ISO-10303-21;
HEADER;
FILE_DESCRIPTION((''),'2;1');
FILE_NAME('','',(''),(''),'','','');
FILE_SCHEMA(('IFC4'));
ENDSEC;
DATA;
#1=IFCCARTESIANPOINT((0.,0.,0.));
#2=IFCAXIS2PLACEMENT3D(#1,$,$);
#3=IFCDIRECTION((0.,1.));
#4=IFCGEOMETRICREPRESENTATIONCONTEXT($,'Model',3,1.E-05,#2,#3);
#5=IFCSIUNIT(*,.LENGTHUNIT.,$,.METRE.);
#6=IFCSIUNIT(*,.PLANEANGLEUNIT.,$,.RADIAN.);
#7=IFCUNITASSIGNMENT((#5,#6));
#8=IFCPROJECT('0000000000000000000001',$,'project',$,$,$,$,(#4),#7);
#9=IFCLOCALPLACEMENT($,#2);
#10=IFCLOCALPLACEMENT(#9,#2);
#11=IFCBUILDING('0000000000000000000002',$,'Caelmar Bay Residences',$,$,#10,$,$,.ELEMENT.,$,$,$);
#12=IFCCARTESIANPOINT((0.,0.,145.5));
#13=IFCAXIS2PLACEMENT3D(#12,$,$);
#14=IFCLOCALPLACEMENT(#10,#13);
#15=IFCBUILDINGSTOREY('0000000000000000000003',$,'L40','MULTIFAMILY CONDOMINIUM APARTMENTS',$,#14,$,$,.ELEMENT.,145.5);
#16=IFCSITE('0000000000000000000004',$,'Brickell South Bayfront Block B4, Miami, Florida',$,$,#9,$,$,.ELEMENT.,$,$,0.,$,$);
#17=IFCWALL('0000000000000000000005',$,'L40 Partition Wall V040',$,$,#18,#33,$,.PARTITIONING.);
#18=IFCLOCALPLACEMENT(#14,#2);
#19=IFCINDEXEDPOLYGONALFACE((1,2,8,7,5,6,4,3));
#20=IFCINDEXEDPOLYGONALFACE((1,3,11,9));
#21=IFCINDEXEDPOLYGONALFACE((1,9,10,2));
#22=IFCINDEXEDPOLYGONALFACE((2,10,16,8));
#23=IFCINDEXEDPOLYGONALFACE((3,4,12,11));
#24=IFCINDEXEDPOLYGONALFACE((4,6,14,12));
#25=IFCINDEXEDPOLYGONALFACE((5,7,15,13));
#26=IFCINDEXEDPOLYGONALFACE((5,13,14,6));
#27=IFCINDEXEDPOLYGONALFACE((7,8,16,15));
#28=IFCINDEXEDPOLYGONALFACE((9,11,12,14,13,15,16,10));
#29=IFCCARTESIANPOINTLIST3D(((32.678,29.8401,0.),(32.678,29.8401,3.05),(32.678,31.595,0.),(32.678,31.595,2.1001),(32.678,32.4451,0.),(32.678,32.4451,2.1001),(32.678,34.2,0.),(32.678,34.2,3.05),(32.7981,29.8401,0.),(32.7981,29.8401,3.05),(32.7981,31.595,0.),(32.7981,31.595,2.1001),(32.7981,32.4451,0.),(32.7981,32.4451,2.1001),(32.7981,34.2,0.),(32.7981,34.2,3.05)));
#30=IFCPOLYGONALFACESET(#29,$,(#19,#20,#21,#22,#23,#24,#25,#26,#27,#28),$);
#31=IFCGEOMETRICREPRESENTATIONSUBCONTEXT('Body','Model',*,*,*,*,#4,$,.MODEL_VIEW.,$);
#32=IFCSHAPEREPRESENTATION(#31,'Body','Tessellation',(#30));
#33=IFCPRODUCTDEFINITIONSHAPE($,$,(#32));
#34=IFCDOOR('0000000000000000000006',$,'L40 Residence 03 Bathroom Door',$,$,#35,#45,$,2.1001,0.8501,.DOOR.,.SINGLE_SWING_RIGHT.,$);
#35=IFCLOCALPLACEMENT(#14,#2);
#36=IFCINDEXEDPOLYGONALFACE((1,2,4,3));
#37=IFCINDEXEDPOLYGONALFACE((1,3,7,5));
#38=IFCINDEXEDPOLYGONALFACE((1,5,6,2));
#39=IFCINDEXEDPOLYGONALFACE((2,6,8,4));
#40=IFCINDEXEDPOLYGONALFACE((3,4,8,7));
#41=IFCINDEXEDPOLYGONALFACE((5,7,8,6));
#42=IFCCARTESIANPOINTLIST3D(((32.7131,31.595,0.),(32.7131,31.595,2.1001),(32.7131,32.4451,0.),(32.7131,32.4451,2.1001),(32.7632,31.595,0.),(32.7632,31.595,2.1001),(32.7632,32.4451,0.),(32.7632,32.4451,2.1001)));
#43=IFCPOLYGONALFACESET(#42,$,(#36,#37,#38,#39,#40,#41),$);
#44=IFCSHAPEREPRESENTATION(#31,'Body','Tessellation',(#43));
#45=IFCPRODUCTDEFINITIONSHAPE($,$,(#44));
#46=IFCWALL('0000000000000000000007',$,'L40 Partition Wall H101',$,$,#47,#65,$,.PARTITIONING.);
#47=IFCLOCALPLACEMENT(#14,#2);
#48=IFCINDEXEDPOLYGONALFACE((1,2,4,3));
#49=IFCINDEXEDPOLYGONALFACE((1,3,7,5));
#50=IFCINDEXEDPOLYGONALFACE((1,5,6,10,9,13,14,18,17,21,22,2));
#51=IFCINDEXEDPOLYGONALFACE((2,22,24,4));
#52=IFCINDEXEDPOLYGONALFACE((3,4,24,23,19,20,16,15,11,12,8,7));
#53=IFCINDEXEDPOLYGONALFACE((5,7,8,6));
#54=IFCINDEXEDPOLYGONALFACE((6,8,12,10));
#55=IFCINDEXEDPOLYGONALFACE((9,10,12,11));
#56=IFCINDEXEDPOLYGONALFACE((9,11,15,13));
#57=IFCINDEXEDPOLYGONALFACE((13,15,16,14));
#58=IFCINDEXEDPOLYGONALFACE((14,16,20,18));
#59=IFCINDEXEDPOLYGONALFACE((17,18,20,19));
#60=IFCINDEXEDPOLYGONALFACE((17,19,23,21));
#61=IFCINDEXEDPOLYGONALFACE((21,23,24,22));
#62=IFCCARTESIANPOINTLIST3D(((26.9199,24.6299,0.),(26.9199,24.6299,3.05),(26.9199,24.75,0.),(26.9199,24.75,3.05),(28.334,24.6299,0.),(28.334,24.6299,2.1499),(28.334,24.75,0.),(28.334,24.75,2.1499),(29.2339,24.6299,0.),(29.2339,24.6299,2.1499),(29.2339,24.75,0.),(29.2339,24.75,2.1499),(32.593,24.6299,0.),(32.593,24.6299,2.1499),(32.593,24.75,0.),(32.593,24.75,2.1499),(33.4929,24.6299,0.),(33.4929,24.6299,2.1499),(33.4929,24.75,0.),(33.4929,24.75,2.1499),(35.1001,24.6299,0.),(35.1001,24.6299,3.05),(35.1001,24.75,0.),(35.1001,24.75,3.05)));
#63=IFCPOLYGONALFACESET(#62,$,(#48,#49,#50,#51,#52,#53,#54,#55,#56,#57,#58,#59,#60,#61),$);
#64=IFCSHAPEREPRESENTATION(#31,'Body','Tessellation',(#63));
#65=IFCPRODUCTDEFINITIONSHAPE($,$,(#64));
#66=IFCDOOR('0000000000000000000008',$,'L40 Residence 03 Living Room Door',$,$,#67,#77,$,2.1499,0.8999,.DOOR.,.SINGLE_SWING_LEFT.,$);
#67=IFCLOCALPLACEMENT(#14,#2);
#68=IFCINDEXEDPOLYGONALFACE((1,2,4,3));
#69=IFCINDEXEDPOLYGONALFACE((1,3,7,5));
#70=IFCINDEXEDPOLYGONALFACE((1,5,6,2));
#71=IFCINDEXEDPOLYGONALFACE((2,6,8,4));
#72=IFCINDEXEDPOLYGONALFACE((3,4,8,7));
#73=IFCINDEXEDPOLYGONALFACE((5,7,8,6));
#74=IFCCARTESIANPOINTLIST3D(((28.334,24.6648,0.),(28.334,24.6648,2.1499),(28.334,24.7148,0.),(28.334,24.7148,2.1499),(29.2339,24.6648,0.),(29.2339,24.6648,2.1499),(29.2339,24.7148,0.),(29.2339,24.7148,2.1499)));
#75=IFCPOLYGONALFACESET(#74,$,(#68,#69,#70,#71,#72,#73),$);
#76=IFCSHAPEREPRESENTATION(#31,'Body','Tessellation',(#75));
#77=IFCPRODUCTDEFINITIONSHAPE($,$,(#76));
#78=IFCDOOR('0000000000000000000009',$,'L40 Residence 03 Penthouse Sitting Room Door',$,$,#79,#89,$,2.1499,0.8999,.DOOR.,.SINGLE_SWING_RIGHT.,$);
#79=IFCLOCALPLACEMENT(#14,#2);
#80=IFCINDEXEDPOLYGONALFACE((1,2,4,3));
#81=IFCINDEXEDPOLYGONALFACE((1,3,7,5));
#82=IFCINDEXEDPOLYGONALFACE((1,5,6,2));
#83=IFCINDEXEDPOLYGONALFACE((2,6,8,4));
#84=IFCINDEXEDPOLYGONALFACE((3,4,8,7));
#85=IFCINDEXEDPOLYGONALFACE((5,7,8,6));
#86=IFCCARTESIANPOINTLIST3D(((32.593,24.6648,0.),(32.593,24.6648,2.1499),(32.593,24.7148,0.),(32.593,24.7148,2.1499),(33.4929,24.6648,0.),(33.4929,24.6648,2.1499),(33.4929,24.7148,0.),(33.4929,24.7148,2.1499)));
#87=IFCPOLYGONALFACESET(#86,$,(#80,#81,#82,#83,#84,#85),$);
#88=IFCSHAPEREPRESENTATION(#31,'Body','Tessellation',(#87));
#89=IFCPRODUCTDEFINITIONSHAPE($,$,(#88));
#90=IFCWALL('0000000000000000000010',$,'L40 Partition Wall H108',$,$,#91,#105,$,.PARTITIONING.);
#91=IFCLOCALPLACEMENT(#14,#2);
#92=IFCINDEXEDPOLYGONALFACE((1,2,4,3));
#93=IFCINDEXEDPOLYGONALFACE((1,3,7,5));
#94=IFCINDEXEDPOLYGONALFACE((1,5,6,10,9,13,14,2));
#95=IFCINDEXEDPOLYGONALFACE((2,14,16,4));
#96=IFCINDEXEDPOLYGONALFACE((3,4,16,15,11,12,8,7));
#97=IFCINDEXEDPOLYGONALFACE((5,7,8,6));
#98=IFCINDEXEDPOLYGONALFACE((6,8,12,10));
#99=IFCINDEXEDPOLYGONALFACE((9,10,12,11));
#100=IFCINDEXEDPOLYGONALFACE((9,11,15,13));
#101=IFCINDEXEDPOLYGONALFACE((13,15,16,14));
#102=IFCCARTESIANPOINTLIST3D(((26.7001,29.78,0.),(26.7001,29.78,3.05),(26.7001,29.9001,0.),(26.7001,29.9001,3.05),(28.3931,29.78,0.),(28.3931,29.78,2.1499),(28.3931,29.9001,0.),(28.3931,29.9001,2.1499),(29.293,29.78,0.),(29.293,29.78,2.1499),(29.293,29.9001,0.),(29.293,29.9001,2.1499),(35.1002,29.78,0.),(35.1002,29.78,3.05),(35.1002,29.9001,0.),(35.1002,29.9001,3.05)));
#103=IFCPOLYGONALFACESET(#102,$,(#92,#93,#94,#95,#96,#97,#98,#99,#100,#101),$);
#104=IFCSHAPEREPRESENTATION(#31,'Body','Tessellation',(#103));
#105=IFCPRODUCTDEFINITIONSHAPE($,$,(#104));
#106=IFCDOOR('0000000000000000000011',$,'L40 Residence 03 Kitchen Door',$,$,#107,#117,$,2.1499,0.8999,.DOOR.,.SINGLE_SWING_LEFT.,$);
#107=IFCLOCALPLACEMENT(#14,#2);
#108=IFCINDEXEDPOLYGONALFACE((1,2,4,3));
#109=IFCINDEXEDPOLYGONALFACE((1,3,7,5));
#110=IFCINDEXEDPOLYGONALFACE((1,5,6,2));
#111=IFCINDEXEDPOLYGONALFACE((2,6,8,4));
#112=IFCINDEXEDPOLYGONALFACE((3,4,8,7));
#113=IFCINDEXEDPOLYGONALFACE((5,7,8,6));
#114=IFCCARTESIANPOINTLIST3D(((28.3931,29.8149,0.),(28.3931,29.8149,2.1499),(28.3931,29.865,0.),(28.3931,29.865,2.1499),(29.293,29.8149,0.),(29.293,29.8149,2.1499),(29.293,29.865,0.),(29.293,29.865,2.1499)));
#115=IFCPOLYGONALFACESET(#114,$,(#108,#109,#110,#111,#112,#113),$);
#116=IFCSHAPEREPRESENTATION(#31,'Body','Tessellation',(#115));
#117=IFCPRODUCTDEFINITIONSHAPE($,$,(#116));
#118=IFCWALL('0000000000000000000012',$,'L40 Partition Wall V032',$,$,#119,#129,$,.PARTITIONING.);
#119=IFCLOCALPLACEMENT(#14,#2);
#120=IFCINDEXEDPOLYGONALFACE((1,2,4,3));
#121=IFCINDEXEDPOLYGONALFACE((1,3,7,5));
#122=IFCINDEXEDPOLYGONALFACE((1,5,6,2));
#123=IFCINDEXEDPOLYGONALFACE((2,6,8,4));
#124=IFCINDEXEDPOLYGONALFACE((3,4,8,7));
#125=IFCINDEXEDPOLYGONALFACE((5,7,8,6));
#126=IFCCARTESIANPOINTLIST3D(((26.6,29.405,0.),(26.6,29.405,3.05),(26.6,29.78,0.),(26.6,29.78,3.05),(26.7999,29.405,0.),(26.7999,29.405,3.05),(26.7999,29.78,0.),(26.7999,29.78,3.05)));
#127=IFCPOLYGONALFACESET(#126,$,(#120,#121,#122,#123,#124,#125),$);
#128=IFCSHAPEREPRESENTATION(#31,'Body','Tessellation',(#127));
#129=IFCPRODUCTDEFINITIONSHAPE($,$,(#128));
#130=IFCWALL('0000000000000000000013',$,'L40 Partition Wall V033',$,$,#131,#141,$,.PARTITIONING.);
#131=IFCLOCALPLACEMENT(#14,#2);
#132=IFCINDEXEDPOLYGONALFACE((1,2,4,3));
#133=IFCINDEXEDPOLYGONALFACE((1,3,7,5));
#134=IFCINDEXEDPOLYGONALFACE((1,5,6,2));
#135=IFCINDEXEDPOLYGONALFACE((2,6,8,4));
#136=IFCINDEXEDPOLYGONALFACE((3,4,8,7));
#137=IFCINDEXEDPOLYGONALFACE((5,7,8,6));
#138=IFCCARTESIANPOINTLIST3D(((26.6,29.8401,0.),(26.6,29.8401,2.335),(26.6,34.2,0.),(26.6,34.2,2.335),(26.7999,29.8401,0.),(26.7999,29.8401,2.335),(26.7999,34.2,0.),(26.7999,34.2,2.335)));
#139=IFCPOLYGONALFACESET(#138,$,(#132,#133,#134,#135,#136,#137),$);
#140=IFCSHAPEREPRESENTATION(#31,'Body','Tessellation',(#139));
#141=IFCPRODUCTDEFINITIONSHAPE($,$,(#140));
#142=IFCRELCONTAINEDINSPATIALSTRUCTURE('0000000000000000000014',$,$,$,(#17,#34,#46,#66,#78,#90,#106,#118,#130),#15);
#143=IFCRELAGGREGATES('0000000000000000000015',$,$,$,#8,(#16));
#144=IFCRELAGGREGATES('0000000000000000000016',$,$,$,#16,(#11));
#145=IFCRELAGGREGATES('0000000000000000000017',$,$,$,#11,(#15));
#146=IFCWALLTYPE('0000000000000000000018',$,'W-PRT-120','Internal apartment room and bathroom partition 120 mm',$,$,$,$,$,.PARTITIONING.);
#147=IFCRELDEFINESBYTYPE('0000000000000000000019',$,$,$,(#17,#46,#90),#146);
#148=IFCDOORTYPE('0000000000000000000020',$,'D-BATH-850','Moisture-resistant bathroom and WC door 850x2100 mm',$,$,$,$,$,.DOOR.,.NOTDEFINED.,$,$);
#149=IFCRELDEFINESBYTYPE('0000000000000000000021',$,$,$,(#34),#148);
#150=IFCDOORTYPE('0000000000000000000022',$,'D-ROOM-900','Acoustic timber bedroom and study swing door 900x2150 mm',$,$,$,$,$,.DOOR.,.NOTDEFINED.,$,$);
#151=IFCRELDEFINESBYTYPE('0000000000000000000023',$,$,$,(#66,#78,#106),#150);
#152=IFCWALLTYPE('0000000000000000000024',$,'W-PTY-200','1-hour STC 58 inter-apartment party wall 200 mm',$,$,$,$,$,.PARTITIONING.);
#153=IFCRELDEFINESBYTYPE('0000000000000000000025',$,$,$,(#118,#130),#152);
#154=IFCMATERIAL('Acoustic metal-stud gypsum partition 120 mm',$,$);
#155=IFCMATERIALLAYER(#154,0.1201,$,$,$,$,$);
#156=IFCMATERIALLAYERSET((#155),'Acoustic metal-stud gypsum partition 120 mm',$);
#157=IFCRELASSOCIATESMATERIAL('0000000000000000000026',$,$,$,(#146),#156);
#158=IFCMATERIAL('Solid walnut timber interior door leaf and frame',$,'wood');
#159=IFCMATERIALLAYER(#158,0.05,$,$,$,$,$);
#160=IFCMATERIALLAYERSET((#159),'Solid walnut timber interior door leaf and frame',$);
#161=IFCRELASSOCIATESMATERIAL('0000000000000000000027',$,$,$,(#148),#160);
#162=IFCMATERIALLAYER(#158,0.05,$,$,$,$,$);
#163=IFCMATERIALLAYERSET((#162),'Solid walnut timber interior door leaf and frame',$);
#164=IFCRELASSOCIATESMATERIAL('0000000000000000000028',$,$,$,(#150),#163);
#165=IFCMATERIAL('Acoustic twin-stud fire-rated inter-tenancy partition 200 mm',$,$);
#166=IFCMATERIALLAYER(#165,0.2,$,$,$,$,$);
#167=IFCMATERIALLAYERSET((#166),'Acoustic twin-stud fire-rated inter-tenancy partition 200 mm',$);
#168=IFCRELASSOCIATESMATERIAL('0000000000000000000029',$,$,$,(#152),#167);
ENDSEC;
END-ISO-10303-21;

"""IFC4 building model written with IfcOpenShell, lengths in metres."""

from ifc_helpers import new_model, si_unit, direction, frame, frame_2d, origin, place, context, subcontext, project, spatial, rectangle, extrude, material, layer, layer_set, type_object, element, fill, save


model = new_model("IFC4")

# Units and contexts
model_context = context("Model", 3, precision=1e-05, world=origin(), true_north=direction((0.0, 1.0)))
body_context = subcontext(model_context, "Body", "Model", "MODEL_VIEW")
ifc_project = project(units=[si_unit("LENGTHUNIT", "METRE"), si_unit("PLANEANGLEUNIT", "RADIAN")], contexts=[model_context])

# Site, building, storey
site_placement = place(None, origin())
site = spatial("IfcSite", under=ifc_project, at=site_placement, Name="Brickell South Bayfront Block B4, Miami, Florida", CompositionType="ELEMENT", RefElevation=0.0)
building_placement = place(site_placement, origin())
building = spatial("IfcBuilding", under=site, at=building_placement, Name="Caelmar Bay Residences", CompositionType="ELEMENT")
storey_placement = place(building_placement, frame((0.0, 0.0, 145.5)))
storey = spatial("IfcBuildingStorey", under=building, at=storey_placement, Name="L40", Description="MULTIFAMILY CONDOMINIUM APARTMENTS", CompositionType="ELEMENT", Elevation=145.5)

# Shared definitions
ifc_material_1 = material(Name="Acoustic metal-stud gypsum partition 120 mm")
ifc_layer_1 = layer(ifc_material_1, 0.1201)
ifc_layer_set_1 = layer_set([ifc_layer_1], Name="Acoustic metal-stud gypsum partition 120 mm")
wall_type_1 = type_object("IfcWallType", Name="W-PRT-120", Description="Internal apartment room and bathroom partition 120 mm", PredefinedType="PARTITIONING", material=ifc_layer_set_1)

# Wall, opening, door
ifc_material_2 = material(Name="Solid walnut timber interior door leaf and frame", Category="wood")
ifc_layer_2 = layer(ifc_material_2, 0.05)
ifc_layer_set_2 = layer_set([ifc_layer_2], Name="Solid walnut timber interior door leaf and frame")
door_type_1 = type_object("IfcDoorType", Name="D-BATH-850", Description="Moisture-resistant bathroom and WC door 850x2100 mm", OperationType="NOTDEFINED", PredefinedType="DOOR", material=ifc_layer_set_2)
ifc_layer_3 = layer(ifc_material_2, 0.05)
ifc_layer_set_3 = layer_set([ifc_layer_3], Name="Solid walnut timber interior door leaf and frame")
door_type_2 = type_object("IfcDoorType", Name="D-ROOM-900", Description="Acoustic timber bedroom and study swing door 900x2150 mm", OperationType="NOTDEFINED", PredefinedType="DOOR", material=ifc_layer_set_3)
wall_1_placement = place(storey_placement, frame((32.738, 29.8401, 0.0), z_axis=(0.0, 0.0, 1.0), x_axis=(0.0, 1.0, 0.0)))
wall_1 = element("IfcWall", 1, at=wall_1_placement, inside=storey, type_object=wall_type_1, Name="L40 Partition Wall V040", PredefinedType="PARTITIONING", context=body_context, shape_type="SweptSolid", body=[
    extrude(rectangle(XDim=4.3599, YDim=0.1201, at=frame_2d((2.1799, 0.0))), origin(), (0.0, 0.0, 1.0), 3.05),
])
opening_1_placement = place(wall_1_placement, frame((1.7549, 0.0, 0.0)))
opening_1 = element("IfcOpeningElement", 2, at=opening_1_placement, cuts=wall_1, PredefinedType="OPENING", context=body_context, shape_type="SweptSolid", body=[
    extrude(rectangle(XDim=0.8501, YDim=2.1001, at=frame_2d((0.425, 1.05))), frame((0.0, 0.0701, 0.0), z_axis=(0.0, -1.0, 0.0), x_axis=(1.0, 0.0, 0.0)), (0.0, 0.0, 1.0), 0.1401),
])
door_1_placement = place(opening_1_placement, origin())
door_1 = element("IfcDoor", 3, at=door_1_placement, inside=storey, type_object=door_type_1, Name="L40 Residence 03 Bathroom Door", OperationType="SINGLE_SWING_RIGHT", OverallHeight=2.1001, OverallWidth=0.8501, PredefinedType="DOOR", context=body_context, shape_type="SweptSolid", body=[
    extrude(rectangle(XDim=0.8501, YDim=2.1001, at=frame_2d((0.425, 1.05))), frame((0.0, 0.0249, 0.0), z_axis=(0.0, -1.0, 0.0), x_axis=(1.0, 0.0, 0.0)), (0.0, 0.0, 1.0), 0.05),
])
fill(opening_1, door_1)

# Wall, openings, doors
wall_2_placement = place(storey_placement, frame((26.9199, 24.6899, 0.0), z_axis=(0.0, 0.0, 1.0), x_axis=(1.0, 0.0, 0.0)))
wall_2 = element("IfcWall", 4, at=wall_2_placement, inside=storey, type_object=wall_type_1, Name="L40 Partition Wall H101", PredefinedType="PARTITIONING", context=body_context, shape_type="SweptSolid", body=[
    extrude(rectangle(XDim=8.1802, YDim=0.1201, at=frame_2d((4.0901, 0.0))), origin(), (0.0, 0.0, 1.0), 3.05),
])
opening_2_placement = place(wall_2_placement, frame((1.4141, 0.0, 0.0)))
opening_2 = element("IfcOpeningElement", 5, at=opening_2_placement, cuts=wall_2, PredefinedType="OPENING", context=body_context, shape_type="SweptSolid", body=[
    extrude(rectangle(XDim=0.8999, YDim=2.1499, at=frame_2d((0.45, 1.075))), frame((0.0, 0.0701, 0.0), z_axis=(0.0, -1.0, 0.0), x_axis=(1.0, 0.0, 0.0)), (0.0, 0.0, 1.0), 0.1401),
])
opening_3_placement = place(wall_2_placement, frame((5.6731, 0.0, 0.0)))
opening_3 = element("IfcOpeningElement", 6, at=opening_3_placement, cuts=wall_2, PredefinedType="OPENING", context=body_context, shape_type="SweptSolid", body=[
    extrude(rectangle(XDim=0.8999, YDim=2.1499, at=frame_2d((0.45, 1.075))), frame((0.0, 0.0701, 0.0), z_axis=(0.0, -1.0, 0.0), x_axis=(1.0, 0.0, 0.0)), (0.0, 0.0, 1.0), 0.1401),
])
door_2_placement = place(opening_2_placement, origin())
door_2 = element("IfcDoor", 7, at=door_2_placement, inside=storey, type_object=door_type_2, Name="L40 Residence 03 Living Room Door", OperationType="SINGLE_SWING_LEFT", OverallHeight=2.1499, OverallWidth=0.8999, PredefinedType="DOOR", context=body_context, shape_type="SweptSolid", body=[
    extrude(rectangle(XDim=0.8999, YDim=2.1499, at=frame_2d((0.45, 1.075))), frame((0.0, 0.0249, 0.0), z_axis=(0.0, -1.0, 0.0), x_axis=(1.0, 0.0, 0.0)), (0.0, 0.0, 1.0), 0.05),
])
fill(opening_2, door_2)
door_3_placement = place(opening_3_placement, origin())
door_3 = element("IfcDoor", 8, at=door_3_placement, inside=storey, type_object=door_type_2, Name="L40 Residence 03 Penthouse Sitting Room Door", OperationType="SINGLE_SWING_RIGHT", OverallHeight=2.1499, OverallWidth=0.8999, PredefinedType="DOOR", context=body_context, shape_type="SweptSolid", body=[
    extrude(rectangle(XDim=0.8999, YDim=2.1499, at=frame_2d((0.45, 1.075))), frame((0.0, 0.0249, 0.0), z_axis=(0.0, -1.0, 0.0), x_axis=(1.0, 0.0, 0.0)), (0.0, 0.0, 1.0), 0.05),
])
fill(opening_3, door_3)

# Wall, opening, door
wall_3_placement = place(storey_placement, frame((26.7, 29.8401, 0.0), z_axis=(0.0, 0.0, 1.0), x_axis=(1.0, 0.0, 0.0)))
wall_3 = element("IfcWall", 9, at=wall_3_placement, inside=storey, type_object=wall_type_1, Name="L40 Partition Wall H108", PredefinedType="PARTITIONING", context=body_context, shape_type="SweptSolid", body=[
    extrude(rectangle(XDim=8.4001, YDim=0.1201, at=frame_2d((4.2002, 0.0))), origin(), (0.0, 0.0, 1.0), 3.05),
])
opening_4_placement = place(wall_3_placement, frame((1.6931, 0.0, 0.0)))
opening_4 = element("IfcOpeningElement", 10, at=opening_4_placement, cuts=wall_3, PredefinedType="OPENING", context=body_context, shape_type="SweptSolid", body=[
    extrude(rectangle(XDim=0.8999, YDim=2.1499, at=frame_2d((0.45, 1.075))), frame((0.0, 0.0701, 0.0), z_axis=(0.0, -1.0, 0.0), x_axis=(1.0, 0.0, 0.0)), (0.0, 0.0, 1.0), 0.1401),
])
door_4_placement = place(opening_4_placement, origin())
door_4 = element("IfcDoor", 11, at=door_4_placement, inside=storey, type_object=door_type_2, Name="L40 Residence 03 Kitchen Door", OperationType="SINGLE_SWING_LEFT", OverallHeight=2.1499, OverallWidth=0.8999, PredefinedType="DOOR", context=body_context, shape_type="SweptSolid", body=[
    extrude(rectangle(XDim=0.8999, YDim=2.1499, at=frame_2d((0.45, 1.075))), frame((0.0, 0.0249, 0.0), z_axis=(0.0, -1.0, 0.0), x_axis=(1.0, 0.0, 0.0)), (0.0, 0.0, 1.0), 0.05),
])
fill(opening_4, door_4)

# Walls
ifc_material_3 = material(Name="Acoustic twin-stud fire-rated inter-tenancy partition 200 mm")
ifc_layer_4 = layer(ifc_material_3, 0.2)
ifc_layer_set_4 = layer_set([ifc_layer_4], Name="Acoustic twin-stud fire-rated inter-tenancy partition 200 mm")
wall_type_2 = type_object("IfcWallType", Name="W-PTY-200", Description="1-hour STC 58 inter-apartment party wall 200 mm", PredefinedType="PARTITIONING", material=ifc_layer_set_4)
wall_4_placement = place(storey_placement, frame((26.7, 29.405, 0.0), z_axis=(0.0, 0.0, 1.0), x_axis=(0.0, 1.0, 0.0)))
element("IfcWall", 12, at=wall_4_placement, inside=storey, type_object=wall_type_2, Name="L40 Partition Wall V032", PredefinedType="PARTITIONING", context=body_context, shape_type="SweptSolid", body=[
    extrude(rectangle(XDim=0.375, YDim=0.2, at=frame_2d((0.1875, 0.0))), origin(), (0.0, 0.0, 1.0), 3.05),
])
wall_5_placement = place(storey_placement, frame((26.7, 29.8401, 0.0), z_axis=(0.0, 0.0, 1.0), x_axis=(0.0, 1.0, 0.0)))
element("IfcWall", 13, at=wall_5_placement, inside=storey, type_object=wall_type_2, Name="L40 Partition Wall V033", PredefinedType="PARTITIONING", context=body_context, shape_type="SweptSolid", body=[
    extrude(rectangle(XDim=4.3599, YDim=0.2, at=frame_2d((2.1799, 0.0))), origin(), (0.0, 0.0, 1.0), 2.335),
])

save(model, "model.ifc")
